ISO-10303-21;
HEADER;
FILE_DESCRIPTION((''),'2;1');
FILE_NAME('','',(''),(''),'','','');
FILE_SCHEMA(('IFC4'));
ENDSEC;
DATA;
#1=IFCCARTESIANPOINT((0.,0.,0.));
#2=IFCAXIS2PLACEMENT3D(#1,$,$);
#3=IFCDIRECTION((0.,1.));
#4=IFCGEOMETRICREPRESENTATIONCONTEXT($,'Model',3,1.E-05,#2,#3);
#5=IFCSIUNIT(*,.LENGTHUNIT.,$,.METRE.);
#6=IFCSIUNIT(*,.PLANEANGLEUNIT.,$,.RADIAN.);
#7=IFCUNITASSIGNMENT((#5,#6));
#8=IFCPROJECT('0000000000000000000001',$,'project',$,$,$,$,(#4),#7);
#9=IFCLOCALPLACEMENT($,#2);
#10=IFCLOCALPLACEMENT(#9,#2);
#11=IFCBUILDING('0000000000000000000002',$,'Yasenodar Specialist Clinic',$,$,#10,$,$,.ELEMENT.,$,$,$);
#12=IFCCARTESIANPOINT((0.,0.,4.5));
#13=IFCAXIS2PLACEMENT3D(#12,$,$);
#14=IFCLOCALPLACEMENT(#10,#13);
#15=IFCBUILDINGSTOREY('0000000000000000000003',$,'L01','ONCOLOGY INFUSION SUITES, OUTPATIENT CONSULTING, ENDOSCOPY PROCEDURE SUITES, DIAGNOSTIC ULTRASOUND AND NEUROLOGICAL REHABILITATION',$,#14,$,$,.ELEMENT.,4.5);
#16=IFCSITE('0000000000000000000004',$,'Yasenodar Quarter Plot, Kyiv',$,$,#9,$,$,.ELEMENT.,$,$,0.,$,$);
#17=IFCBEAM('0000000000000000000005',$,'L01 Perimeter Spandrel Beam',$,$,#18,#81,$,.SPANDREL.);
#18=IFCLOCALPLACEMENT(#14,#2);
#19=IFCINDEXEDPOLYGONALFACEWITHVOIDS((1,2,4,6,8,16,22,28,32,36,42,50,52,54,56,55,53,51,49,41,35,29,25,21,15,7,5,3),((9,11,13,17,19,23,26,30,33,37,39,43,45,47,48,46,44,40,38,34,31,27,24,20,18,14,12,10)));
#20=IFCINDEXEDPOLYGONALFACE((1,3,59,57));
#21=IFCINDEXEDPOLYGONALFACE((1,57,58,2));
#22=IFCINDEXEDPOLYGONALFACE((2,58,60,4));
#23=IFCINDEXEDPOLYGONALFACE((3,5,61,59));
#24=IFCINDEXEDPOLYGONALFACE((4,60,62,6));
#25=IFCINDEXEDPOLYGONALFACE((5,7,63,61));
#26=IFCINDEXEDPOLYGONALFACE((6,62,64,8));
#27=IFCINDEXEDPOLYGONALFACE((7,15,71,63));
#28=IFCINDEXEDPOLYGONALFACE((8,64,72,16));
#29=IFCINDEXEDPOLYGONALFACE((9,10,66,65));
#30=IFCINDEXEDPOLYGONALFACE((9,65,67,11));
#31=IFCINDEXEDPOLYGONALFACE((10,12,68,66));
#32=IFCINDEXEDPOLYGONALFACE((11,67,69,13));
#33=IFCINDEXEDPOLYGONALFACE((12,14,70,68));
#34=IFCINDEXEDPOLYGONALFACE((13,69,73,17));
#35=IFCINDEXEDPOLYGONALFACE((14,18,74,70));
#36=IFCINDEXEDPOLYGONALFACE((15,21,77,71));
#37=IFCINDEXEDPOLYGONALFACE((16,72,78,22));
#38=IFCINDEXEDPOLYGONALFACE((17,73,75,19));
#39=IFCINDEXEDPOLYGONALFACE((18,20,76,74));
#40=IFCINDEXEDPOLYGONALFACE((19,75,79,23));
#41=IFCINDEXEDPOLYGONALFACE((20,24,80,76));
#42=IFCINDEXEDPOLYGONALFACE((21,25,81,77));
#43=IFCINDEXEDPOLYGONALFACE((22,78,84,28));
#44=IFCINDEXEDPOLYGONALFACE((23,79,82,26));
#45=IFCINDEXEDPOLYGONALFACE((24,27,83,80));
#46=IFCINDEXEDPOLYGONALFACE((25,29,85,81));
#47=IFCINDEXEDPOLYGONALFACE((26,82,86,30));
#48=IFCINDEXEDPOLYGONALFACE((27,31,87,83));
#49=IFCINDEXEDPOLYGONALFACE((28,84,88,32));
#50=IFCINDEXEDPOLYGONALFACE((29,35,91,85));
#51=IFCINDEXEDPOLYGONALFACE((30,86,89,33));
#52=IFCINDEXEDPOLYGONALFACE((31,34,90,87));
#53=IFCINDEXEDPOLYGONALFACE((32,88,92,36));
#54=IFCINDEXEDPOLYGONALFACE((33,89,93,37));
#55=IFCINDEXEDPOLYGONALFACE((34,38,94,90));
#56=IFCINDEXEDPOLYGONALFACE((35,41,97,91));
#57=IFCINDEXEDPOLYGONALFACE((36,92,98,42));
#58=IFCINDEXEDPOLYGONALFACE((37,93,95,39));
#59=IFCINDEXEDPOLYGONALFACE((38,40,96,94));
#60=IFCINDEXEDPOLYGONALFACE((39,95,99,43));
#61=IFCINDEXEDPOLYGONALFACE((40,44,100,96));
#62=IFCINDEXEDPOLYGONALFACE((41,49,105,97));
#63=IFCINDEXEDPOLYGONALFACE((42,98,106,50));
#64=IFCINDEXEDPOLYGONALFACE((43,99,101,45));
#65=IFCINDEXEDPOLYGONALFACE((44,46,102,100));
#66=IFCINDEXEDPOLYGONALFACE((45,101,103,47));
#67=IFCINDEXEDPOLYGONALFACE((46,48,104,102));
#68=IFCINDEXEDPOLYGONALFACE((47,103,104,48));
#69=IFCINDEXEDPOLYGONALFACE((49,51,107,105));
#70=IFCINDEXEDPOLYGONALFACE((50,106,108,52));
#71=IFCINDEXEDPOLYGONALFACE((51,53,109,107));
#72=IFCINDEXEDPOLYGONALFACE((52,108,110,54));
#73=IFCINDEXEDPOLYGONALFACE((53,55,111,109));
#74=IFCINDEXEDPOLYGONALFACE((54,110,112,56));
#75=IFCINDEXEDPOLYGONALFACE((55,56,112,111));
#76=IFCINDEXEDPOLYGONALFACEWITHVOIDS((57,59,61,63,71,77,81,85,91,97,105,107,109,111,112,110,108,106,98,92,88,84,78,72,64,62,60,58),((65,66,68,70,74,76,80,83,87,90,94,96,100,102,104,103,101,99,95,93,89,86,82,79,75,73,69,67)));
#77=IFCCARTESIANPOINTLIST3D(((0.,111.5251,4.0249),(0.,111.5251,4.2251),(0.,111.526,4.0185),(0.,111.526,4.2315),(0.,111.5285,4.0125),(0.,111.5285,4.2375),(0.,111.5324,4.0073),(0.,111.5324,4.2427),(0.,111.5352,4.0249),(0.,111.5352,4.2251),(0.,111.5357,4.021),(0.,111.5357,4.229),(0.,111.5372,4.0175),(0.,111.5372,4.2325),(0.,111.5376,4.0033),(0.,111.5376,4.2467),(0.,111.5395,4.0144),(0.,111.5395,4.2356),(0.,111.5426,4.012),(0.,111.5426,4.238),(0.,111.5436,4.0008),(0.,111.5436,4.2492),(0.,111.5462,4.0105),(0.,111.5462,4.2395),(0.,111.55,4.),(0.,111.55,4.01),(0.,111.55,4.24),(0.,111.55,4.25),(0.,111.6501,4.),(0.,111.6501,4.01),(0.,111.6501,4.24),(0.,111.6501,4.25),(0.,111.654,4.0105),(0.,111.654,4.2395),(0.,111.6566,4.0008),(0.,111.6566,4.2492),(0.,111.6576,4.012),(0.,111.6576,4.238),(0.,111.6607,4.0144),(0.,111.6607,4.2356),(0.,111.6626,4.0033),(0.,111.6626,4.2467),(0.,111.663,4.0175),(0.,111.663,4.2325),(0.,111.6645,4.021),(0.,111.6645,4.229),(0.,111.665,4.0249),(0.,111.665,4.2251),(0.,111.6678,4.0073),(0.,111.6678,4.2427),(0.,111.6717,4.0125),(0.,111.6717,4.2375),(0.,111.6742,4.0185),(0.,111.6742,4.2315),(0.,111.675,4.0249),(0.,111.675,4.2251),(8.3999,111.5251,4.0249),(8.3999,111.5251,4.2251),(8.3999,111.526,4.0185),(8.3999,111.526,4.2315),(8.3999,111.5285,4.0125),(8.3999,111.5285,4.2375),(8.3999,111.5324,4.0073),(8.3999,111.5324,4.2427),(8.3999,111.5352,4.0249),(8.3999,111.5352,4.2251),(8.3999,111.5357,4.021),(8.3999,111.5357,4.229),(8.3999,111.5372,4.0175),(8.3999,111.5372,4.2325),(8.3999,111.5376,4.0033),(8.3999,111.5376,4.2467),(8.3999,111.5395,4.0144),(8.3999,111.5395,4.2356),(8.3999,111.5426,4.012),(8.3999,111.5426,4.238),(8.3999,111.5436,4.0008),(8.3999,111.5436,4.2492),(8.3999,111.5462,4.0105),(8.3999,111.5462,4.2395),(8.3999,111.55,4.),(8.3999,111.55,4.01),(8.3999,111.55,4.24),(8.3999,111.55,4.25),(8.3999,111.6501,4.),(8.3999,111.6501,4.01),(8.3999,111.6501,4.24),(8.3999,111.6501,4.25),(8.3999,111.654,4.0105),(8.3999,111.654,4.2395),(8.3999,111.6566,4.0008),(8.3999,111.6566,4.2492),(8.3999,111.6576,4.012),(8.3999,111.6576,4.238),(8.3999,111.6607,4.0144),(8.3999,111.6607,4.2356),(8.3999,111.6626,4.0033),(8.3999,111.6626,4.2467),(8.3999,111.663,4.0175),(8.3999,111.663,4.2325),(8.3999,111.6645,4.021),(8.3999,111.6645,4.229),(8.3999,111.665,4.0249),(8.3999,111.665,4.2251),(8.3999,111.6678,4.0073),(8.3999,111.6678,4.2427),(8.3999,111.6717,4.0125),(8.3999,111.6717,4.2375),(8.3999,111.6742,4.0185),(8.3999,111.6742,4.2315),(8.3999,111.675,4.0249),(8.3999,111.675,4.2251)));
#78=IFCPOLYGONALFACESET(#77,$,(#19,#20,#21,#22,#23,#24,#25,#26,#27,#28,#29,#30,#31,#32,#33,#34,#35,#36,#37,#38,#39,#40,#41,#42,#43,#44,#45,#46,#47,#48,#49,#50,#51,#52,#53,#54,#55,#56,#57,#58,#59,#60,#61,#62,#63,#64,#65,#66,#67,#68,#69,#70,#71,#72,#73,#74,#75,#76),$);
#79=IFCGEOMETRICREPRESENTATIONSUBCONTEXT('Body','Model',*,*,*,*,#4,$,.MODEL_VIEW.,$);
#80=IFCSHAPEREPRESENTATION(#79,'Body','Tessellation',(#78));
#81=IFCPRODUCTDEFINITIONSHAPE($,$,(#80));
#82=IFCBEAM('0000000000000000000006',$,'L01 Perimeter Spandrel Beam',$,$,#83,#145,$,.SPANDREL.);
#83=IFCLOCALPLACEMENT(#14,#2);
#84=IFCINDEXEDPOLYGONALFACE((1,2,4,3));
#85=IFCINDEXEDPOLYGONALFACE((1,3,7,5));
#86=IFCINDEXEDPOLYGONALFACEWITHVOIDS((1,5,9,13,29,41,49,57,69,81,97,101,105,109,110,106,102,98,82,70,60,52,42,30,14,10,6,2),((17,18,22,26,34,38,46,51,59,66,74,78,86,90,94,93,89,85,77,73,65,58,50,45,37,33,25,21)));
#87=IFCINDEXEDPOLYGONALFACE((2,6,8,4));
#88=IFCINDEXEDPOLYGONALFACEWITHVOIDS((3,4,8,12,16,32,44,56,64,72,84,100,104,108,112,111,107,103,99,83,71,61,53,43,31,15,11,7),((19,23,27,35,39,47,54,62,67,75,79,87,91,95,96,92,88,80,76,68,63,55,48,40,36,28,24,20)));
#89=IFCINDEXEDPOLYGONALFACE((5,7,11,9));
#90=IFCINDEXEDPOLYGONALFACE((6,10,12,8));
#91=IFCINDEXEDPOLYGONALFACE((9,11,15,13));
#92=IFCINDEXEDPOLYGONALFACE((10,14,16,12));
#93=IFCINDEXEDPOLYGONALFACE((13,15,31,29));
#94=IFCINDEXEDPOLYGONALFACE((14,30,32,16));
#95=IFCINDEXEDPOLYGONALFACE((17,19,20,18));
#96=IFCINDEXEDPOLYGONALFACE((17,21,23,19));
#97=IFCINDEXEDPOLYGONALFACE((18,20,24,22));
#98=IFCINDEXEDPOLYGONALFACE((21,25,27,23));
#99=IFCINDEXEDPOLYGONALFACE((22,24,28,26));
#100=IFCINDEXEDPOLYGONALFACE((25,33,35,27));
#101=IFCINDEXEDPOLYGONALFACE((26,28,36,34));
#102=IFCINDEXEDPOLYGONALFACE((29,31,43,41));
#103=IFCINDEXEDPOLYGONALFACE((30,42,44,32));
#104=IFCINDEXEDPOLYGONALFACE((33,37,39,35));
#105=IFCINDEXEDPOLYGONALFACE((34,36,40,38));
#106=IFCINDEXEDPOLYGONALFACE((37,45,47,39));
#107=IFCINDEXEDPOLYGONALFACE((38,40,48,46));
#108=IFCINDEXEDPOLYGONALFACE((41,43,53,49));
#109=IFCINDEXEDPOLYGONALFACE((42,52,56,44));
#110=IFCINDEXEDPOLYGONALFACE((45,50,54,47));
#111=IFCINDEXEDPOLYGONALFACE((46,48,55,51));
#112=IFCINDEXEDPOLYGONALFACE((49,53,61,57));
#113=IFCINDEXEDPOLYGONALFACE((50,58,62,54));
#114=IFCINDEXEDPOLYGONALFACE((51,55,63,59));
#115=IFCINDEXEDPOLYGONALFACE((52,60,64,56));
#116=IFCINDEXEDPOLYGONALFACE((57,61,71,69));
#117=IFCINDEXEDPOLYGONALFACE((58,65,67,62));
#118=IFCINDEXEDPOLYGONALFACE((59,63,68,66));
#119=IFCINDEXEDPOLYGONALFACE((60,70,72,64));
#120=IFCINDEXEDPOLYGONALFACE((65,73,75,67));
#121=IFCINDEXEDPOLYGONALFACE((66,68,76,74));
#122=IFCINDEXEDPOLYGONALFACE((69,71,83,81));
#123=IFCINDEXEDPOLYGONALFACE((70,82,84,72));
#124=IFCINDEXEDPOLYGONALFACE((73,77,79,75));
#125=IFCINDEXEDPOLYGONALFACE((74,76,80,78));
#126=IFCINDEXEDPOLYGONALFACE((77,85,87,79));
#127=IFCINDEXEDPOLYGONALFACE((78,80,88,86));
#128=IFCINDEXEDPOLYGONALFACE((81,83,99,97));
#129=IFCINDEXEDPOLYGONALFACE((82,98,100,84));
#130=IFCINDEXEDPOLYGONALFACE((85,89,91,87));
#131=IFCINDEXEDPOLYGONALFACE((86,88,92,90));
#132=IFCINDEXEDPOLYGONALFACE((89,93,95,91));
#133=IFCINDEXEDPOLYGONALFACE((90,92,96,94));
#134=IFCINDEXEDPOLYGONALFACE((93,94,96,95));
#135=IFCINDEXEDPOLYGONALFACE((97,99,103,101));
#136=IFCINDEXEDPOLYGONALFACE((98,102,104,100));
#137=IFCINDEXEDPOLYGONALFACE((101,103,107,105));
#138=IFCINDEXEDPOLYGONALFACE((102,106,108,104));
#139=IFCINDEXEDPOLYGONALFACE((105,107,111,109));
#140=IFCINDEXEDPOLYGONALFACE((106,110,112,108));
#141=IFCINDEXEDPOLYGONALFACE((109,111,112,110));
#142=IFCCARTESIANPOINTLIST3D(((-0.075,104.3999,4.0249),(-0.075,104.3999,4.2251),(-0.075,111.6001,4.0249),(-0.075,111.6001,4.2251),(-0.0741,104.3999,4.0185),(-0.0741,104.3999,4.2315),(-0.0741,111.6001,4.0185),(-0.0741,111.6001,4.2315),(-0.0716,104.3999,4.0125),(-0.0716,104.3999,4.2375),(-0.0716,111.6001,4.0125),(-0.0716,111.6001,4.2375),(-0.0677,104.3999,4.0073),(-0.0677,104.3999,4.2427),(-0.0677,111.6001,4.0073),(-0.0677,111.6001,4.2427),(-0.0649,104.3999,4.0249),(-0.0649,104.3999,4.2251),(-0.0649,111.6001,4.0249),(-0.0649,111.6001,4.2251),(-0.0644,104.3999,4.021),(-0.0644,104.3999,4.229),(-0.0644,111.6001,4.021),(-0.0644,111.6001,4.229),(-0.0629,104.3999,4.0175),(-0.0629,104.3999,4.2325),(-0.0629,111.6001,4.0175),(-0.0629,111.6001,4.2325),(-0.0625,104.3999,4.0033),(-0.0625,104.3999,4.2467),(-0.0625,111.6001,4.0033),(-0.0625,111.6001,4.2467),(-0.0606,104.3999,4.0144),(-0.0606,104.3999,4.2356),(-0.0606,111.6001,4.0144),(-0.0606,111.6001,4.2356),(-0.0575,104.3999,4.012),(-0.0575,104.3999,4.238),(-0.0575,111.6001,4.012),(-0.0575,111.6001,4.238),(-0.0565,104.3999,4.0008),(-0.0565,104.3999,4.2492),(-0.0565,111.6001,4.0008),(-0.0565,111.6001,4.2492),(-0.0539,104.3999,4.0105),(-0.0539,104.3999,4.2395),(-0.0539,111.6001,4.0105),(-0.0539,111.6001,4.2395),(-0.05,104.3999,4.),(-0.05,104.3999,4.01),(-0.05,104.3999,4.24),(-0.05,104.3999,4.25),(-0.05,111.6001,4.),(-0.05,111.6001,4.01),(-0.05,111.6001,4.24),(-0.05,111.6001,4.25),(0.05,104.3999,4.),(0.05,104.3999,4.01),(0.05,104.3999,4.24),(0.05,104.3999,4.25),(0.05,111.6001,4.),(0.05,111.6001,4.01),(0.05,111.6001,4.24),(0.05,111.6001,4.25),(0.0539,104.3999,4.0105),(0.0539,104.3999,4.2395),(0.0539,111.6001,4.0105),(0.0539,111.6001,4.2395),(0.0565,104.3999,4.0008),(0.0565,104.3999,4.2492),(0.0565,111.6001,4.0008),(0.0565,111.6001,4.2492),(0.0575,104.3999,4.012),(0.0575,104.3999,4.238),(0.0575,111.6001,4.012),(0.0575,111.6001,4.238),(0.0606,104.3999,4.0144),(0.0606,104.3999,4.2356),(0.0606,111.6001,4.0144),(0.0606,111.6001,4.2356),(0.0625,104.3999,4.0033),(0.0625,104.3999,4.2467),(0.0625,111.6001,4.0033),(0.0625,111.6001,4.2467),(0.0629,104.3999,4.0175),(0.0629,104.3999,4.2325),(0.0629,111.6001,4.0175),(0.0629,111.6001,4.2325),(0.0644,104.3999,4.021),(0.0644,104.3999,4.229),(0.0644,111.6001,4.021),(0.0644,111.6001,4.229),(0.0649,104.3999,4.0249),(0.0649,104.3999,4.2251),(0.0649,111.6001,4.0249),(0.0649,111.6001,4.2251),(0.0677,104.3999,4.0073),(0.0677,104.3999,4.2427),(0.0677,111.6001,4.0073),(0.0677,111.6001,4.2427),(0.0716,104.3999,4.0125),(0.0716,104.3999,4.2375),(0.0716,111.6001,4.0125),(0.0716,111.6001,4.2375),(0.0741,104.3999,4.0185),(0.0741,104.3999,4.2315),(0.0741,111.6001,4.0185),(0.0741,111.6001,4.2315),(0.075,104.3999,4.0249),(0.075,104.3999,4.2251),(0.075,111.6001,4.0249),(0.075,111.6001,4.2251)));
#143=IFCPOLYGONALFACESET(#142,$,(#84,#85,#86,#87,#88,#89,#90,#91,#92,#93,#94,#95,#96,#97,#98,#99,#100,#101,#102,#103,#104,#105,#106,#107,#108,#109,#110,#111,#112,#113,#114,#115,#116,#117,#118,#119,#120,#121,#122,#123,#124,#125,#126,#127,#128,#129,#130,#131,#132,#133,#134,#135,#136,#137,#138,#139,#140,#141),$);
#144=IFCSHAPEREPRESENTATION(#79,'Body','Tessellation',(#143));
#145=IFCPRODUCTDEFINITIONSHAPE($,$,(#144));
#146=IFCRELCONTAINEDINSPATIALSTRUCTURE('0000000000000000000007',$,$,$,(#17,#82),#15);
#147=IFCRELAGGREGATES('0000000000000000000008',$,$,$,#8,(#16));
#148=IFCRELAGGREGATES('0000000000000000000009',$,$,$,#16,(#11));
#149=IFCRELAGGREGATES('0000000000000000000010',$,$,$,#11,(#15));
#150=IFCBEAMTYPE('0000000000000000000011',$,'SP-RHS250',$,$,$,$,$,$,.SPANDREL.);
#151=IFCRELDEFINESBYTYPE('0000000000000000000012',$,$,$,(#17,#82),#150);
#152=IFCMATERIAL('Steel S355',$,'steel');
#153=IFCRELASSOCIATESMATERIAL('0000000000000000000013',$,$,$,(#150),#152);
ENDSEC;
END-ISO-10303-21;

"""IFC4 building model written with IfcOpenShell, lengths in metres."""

from ifc_helpers import new_model, si_unit, direction, frame, origin, origin_2d, place, context, subcontext, project, spatial, hollow_rectangle, extrude, material, material_profile, profile_set, type_object, element, save


model = new_model("IFC4")

# Units and contexts
model_context = context("Model", 3, precision=1e-05, world=origin(), true_north=direction((0.0, 1.0)))
body_context = subcontext(model_context, "Body", "Model", "MODEL_VIEW")
ifc_project = project(units=[si_unit("LENGTHUNIT", "METRE"), si_unit("PLANEANGLEUNIT", "RADIAN")], contexts=[model_context])

# Site, building, storey
site_placement = place(None, origin())
site = spatial("IfcSite", under=ifc_project, at=site_placement, Name="Yasenodar Quarter Plot, Kyiv", CompositionType="ELEMENT", RefElevation=0.0)
building_placement = place(site_placement, origin())
building = spatial("IfcBuilding", under=site, at=building_placement, Name="Yasenodar Specialist Clinic", CompositionType="ELEMENT")
storey_placement = place(building_placement, frame((0.0, 0.0, 4.5)))
storey = spatial("IfcBuildingStorey", under=building, at=storey_placement, Name="L01", Description="ONCOLOGY INFUSION SUITES, OUTPATIENT CONSULTING, ENDOSCOPY PROCEDURE SUITES, DIAGNOSTIC ULTRASOUND AND NEUROLOGICAL REHABILITATION", CompositionType="ELEMENT", Elevation=4.5)

# Shared definitions
ifc_material_1 = material(Name="Steel S355", Category="steel")

# Beams
ifc_material_profile_1 = material_profile(ifc_material_1, hollow_rectangle(XDim=0.1499, YDim=0.25, WallThickness=0.01, InnerFilletRadius=0.0149, OuterFilletRadius=0.0249, at=origin_2d()), Name="RHS 250x150x10")
ifc_profile_set_1 = profile_set([ifc_material_profile_1], Name="Steel S355")
beam_type_1 = type_object("IfcBeamType", Name="SP-RHS250", PredefinedType="SPANDREL", material=ifc_profile_set_1)
beam_1_placement = place(storey_placement, frame((0.0, 111.6001, 4.125), z_axis=(1.0, 0.0, 0.0), x_axis=(0.0, 1.0, 0.0)))
element("IfcBeam", 1, at=beam_1_placement, inside=storey, type_object=beam_type_1, Name="L01 Perimeter Spandrel Beam", PredefinedType="SPANDREL", context=body_context, shape_type="SweptSolid", body=[
    extrude(hollow_rectangle(XDim=0.1499, YDim=0.25, WallThickness=0.01, InnerFilletRadius=0.0149, OuterFilletRadius=0.0249, at=origin_2d()), origin(), (0.0, 0.0, 1.0), 8.3999),
])
beam_2_placement = place(storey_placement, frame((0.0, 104.3999, 4.125), z_axis=(0.0, 1.0, 0.0), x_axis=(-1.0, 0.0, 0.0)))
element("IfcBeam", 2, at=beam_2_placement, inside=storey, type_object=beam_type_1, Name="L01 Perimeter Spandrel Beam", PredefinedType="SPANDREL", context=body_context, shape_type="SweptSolid", body=[
    extrude(hollow_rectangle(XDim=0.1499, YDim=0.25, WallThickness=0.01, InnerFilletRadius=0.0149, OuterFilletRadius=0.0249, at=origin_2d()), origin(), (0.0, 0.0, 1.0), 7.2002),
])

save(model, "model.ifc")
